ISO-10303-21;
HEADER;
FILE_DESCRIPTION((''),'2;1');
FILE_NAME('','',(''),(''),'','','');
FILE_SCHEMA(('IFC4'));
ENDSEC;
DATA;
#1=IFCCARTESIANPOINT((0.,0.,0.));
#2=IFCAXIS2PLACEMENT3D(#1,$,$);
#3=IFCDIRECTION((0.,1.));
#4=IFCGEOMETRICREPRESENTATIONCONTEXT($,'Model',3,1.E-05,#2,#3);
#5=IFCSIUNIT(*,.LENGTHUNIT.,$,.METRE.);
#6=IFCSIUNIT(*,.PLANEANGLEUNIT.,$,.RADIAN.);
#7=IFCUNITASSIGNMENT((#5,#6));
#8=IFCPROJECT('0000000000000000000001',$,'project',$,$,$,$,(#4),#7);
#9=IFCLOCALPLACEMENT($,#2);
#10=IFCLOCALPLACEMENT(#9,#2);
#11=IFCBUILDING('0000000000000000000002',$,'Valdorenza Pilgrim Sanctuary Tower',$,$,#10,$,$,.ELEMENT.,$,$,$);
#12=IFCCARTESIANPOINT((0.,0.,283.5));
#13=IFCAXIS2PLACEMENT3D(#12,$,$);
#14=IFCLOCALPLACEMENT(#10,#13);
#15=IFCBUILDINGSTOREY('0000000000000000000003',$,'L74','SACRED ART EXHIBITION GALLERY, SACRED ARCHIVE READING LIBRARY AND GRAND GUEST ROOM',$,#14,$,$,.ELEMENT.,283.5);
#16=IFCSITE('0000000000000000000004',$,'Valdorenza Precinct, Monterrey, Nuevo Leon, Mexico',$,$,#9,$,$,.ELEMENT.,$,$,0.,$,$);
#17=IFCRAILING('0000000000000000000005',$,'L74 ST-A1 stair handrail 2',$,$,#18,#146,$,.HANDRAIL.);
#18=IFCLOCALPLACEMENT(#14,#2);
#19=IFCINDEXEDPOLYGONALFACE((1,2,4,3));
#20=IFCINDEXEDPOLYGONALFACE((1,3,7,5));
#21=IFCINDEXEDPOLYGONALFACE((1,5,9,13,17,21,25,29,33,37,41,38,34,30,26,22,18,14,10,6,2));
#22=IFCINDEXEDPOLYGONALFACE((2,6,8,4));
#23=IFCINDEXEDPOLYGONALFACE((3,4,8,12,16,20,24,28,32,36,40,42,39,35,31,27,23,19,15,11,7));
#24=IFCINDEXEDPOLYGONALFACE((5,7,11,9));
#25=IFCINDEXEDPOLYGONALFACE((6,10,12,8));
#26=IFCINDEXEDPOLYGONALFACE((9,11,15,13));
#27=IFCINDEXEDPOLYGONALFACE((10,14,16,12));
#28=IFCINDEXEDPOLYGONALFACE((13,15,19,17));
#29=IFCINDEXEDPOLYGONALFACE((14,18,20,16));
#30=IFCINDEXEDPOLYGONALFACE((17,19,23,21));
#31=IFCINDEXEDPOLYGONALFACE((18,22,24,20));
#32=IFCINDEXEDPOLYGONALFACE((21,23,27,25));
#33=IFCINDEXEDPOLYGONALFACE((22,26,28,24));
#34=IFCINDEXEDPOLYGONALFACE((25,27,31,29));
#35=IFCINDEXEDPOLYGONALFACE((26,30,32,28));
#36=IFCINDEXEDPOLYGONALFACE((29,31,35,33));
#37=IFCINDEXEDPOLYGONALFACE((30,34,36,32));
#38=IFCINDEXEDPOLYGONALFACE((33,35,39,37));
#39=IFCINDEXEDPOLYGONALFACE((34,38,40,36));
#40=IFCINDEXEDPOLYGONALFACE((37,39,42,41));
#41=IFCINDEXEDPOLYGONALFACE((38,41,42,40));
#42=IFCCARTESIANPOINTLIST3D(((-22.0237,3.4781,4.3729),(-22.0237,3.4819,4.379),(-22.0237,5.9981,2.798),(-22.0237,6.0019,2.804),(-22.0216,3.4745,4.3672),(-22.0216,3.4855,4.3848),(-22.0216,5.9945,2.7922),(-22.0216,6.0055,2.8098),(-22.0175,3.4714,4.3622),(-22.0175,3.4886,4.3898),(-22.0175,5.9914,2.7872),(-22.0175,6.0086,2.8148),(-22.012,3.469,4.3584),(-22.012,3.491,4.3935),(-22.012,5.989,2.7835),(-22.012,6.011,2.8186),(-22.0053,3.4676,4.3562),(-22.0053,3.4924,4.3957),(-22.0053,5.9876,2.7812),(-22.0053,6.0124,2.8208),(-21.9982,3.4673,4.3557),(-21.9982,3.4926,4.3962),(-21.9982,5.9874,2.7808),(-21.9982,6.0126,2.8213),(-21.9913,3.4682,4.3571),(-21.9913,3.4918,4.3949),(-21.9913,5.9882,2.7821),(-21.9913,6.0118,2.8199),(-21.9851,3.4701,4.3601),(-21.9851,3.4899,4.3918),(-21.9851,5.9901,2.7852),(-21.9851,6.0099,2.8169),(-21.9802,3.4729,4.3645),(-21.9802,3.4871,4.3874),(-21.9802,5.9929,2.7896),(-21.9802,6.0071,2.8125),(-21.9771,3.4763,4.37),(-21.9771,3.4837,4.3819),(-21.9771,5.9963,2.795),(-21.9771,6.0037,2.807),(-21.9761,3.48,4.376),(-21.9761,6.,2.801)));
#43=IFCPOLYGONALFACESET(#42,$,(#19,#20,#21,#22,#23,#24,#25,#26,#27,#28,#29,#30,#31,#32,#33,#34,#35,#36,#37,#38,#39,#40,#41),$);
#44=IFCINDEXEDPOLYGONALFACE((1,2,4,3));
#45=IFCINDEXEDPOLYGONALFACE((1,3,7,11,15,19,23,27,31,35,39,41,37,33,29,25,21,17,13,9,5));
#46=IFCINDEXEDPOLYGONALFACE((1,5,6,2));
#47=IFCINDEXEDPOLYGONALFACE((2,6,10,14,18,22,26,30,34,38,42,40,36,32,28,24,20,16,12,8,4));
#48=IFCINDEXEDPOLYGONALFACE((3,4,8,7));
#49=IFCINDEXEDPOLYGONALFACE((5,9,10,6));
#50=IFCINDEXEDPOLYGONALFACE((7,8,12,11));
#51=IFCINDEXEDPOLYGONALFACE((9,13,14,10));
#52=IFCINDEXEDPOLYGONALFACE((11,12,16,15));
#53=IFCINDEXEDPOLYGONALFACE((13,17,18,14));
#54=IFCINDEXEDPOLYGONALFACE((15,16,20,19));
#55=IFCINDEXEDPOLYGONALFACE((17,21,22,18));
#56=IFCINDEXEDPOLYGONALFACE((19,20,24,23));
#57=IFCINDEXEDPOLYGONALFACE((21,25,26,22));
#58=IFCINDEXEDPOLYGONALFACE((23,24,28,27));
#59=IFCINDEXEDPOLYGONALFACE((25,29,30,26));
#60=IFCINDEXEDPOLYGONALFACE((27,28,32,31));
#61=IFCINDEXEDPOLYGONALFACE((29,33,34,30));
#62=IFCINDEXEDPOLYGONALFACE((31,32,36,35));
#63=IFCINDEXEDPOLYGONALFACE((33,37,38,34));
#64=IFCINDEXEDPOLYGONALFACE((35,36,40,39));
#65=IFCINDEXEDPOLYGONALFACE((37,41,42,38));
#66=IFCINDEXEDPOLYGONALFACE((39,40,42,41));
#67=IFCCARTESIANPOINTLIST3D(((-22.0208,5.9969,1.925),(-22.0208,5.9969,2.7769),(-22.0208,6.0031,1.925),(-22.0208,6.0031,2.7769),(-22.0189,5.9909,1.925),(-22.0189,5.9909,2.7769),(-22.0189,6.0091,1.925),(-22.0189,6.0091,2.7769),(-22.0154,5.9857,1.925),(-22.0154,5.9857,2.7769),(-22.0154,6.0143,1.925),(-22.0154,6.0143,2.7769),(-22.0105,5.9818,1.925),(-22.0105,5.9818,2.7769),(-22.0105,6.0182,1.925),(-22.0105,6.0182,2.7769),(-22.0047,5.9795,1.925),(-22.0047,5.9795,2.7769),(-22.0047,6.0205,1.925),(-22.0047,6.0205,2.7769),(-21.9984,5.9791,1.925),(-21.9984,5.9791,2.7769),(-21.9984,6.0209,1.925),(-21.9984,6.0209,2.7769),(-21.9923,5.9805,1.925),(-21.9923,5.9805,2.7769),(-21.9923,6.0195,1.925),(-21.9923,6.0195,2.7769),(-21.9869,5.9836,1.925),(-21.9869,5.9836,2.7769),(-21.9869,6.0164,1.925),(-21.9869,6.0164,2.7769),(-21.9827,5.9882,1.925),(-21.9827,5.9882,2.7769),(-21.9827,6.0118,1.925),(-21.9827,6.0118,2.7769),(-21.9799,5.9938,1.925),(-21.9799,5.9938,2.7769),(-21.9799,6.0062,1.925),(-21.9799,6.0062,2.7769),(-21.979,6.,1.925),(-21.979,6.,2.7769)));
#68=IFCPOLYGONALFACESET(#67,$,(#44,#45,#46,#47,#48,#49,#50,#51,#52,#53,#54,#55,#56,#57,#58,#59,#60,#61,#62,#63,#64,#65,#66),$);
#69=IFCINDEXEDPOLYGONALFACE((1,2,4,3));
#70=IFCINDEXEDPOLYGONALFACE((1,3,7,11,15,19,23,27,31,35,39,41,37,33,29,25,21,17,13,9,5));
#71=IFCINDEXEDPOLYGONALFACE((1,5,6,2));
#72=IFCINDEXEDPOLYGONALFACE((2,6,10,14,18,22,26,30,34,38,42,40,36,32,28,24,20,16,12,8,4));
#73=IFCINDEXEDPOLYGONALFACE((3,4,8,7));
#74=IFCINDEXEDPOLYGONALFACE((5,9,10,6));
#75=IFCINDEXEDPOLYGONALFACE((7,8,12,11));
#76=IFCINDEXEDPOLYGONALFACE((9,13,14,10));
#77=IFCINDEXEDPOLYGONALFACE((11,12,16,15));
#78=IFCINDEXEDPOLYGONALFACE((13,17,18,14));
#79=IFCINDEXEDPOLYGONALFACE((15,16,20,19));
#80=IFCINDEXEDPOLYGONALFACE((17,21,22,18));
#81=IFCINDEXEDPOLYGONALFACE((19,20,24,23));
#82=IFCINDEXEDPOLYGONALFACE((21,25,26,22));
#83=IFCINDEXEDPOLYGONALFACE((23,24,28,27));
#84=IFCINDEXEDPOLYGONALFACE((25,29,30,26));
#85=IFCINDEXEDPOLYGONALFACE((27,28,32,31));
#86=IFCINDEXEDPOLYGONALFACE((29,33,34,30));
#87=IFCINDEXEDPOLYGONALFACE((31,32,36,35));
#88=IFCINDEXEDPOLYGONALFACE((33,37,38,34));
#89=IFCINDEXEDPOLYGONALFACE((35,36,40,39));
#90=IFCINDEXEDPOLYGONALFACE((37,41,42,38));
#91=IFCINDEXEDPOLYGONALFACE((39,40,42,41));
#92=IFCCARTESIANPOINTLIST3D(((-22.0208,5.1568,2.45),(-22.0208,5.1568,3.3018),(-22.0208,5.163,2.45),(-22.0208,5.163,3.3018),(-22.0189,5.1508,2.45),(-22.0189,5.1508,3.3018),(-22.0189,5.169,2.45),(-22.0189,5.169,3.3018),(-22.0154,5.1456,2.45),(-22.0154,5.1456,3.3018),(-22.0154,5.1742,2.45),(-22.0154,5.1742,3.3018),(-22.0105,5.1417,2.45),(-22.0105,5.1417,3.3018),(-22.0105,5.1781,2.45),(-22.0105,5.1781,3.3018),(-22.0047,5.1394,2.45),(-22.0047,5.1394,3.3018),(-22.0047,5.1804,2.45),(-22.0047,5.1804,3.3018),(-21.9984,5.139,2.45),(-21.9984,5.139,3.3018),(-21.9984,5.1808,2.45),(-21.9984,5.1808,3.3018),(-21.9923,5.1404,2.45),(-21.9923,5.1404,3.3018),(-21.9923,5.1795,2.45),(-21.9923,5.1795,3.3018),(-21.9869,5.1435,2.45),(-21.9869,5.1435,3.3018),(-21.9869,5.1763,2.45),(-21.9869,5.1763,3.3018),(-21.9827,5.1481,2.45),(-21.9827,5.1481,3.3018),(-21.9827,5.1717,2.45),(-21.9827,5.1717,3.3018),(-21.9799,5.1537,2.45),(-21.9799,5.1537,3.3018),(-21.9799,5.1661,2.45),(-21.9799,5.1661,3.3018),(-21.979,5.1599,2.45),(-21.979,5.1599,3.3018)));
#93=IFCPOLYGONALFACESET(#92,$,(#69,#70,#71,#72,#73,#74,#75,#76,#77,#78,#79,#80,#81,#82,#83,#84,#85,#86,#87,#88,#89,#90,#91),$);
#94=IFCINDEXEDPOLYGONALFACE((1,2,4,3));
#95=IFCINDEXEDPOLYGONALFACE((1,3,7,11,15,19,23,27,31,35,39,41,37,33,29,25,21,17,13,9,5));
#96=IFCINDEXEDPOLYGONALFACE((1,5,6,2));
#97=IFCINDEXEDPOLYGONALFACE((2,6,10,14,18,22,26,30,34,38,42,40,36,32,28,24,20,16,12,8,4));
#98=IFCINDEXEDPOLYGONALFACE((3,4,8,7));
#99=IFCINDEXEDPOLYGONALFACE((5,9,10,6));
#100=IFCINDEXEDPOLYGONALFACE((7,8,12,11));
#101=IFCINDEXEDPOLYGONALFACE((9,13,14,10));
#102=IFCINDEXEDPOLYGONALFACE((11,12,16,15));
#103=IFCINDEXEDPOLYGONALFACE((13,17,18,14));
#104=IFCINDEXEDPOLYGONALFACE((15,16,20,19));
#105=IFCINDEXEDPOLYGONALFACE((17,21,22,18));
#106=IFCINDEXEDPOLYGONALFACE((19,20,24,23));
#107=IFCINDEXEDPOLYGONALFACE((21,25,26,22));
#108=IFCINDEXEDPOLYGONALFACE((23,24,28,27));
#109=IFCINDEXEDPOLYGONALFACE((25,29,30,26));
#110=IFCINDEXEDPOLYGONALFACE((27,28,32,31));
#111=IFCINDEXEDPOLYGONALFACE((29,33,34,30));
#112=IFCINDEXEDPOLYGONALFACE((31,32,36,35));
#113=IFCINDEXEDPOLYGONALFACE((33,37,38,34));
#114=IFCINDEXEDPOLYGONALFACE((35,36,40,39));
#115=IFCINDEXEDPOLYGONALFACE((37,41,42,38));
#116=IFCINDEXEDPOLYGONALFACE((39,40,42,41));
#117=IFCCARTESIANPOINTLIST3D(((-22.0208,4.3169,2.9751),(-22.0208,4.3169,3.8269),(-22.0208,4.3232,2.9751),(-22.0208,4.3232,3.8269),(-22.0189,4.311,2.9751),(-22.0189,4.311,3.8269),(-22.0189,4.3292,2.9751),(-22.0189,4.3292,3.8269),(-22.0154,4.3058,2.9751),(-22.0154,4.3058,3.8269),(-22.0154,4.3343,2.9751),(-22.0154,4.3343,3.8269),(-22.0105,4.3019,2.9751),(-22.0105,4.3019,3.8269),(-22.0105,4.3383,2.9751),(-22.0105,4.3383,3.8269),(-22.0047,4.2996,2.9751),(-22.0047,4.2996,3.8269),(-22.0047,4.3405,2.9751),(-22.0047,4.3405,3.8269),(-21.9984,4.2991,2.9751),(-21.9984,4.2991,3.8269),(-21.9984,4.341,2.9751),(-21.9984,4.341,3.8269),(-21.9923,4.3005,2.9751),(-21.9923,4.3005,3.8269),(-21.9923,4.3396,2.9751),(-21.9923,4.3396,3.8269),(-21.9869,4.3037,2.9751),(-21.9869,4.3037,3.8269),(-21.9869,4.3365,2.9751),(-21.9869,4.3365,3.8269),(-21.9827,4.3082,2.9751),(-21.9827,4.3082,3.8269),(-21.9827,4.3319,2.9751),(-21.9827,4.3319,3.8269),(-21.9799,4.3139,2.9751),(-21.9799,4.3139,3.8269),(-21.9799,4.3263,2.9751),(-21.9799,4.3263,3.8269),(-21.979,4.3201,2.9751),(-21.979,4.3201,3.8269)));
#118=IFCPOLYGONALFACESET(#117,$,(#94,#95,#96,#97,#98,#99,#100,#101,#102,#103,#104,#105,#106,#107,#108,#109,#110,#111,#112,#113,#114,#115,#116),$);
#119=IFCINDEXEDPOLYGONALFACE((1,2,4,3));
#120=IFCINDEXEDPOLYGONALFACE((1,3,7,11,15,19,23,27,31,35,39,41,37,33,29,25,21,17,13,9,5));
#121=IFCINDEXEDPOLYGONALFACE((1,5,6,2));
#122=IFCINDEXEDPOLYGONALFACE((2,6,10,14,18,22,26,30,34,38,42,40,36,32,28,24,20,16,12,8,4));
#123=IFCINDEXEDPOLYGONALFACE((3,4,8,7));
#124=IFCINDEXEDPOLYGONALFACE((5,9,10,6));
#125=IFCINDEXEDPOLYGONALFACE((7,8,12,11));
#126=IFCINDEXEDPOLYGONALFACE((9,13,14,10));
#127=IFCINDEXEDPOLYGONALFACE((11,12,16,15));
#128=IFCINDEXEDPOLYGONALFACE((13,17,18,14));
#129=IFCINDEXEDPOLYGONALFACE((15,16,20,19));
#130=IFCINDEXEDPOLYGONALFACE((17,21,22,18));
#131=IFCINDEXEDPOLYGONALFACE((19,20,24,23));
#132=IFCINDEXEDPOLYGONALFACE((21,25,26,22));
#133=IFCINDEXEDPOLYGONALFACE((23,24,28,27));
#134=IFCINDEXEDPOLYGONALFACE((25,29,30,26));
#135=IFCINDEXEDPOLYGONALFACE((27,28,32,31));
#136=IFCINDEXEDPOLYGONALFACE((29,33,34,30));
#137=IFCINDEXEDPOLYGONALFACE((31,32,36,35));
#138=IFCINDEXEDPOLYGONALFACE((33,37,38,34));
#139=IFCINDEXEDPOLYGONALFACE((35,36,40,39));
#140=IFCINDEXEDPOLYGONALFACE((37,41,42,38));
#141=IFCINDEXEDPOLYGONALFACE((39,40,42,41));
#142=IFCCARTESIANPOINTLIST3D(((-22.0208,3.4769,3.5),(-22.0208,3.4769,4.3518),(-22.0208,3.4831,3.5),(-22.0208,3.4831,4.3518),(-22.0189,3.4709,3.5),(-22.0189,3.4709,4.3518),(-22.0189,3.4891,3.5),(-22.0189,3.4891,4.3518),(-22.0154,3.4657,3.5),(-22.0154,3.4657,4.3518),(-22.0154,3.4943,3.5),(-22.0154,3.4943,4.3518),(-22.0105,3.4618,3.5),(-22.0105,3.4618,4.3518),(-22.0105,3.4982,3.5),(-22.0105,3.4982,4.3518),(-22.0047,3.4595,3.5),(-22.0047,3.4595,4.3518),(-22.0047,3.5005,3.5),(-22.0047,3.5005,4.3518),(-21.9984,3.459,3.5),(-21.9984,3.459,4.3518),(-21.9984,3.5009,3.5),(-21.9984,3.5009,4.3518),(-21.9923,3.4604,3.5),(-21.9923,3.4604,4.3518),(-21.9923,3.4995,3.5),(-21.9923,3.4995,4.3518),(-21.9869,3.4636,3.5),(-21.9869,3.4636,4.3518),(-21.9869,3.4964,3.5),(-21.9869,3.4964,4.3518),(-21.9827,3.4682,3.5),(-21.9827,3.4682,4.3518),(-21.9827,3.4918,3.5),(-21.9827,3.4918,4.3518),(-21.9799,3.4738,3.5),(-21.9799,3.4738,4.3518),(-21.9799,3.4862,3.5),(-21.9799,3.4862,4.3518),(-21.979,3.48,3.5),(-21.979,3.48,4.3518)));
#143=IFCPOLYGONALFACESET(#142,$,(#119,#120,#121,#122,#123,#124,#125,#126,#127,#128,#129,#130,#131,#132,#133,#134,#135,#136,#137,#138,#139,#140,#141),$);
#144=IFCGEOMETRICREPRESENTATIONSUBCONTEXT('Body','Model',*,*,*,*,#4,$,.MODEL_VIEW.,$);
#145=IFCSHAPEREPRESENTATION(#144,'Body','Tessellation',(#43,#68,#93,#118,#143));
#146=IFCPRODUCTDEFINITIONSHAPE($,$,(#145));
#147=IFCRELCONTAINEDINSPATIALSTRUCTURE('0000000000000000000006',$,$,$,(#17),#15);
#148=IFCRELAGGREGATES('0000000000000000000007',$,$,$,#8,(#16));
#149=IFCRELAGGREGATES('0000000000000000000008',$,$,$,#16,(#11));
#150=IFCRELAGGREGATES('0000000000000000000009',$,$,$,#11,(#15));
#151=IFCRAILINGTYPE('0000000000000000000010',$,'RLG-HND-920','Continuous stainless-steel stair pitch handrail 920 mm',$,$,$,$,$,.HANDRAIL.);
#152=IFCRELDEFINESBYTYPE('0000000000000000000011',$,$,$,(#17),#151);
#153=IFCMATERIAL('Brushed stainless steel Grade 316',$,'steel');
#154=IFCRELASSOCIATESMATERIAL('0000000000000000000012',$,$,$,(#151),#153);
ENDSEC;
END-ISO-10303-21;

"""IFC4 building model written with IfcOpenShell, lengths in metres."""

from ifc_helpers import new_model, si_unit, direction, frame, origin, origin_2d, place, context, subcontext, project, spatial, circle, extrude, material, type_object, element, save


model = new_model("IFC4")

# Units and contexts
model_context = context("Model", 3, precision=1e-05, world=origin(), true_north=direction((0.0, 1.0)))
body_context = subcontext(model_context, "Body", "Model", "MODEL_VIEW")
ifc_project = project(units=[si_unit("LENGTHUNIT", "METRE"), si_unit("PLANEANGLEUNIT", "RADIAN")], contexts=[model_context])

# Site, building, storey
site_placement = place(None, origin())
site = spatial("IfcSite", under=ifc_project, at=site_placement, Name="Valdorenza Precinct, Monterrey, Nuevo Leon, Mexico", CompositionType="ELEMENT", RefElevation=0.0)
building_placement = place(site_placement, origin())
building = spatial("IfcBuilding", under=site, at=building_placement, Name="Valdorenza Pilgrim Sanctuary Tower", CompositionType="ELEMENT")
storey_placement = place(building_placement, frame((0.0, 0.0, 283.5)))
storey = spatial("IfcBuildingStorey", under=building, at=storey_placement, Name="L74", Description="SACRED ART EXHIBITION GALLERY, SACRED ARCHIVE READING LIBRARY AND GRAND GUEST ROOM", CompositionType="ELEMENT", Elevation=283.5)

# Railing
ifc_material_1 = material(Name="Brushed stainless steel Grade 316", Category="steel")
railing_type_1 = type_object("IfcRailingType", Name="RLG-HND-920", Description="Continuous stainless-steel stair pitch handrail 920 mm", PredefinedType="HANDRAIL", material=ifc_material_1)
railing_1_placement = place(storey_placement, frame((-22.0, 6.0, 1.925)))
element("IfcRailing", 1, at=railing_1_placement, inside=storey, type_object=railing_type_1, Name="L74 ST-A1 stair handrail 2", PredefinedType="HANDRAIL", context=body_context, shape_type="SweptSolid", body=[
    extrude(circle(Radius=0.0239, at=origin_2d()), frame((0.0, 0.0, 0.876), z_axis=(0.0, -0.848008, 0.529984), x_axis=(1.0, 0.0, 0.0)), (0.0, 0.0, 1.0), 2.9717),
    extrude(circle(Radius=0.021, at=origin_2d()), origin(), (0.0, 0.0, 1.0), 0.8518),
    extrude(circle(Radius=0.021, at=origin_2d()), frame((0.0, -0.8401, 0.5249)), (0.0, 0.0, 1.0), 0.8518),
    extrude(circle(Radius=0.021, at=origin_2d()), frame((0.0, -1.6799, 1.05)), (0.0, 0.0, 1.0), 0.8518),
    extrude(circle(Radius=0.021, at=origin_2d()), frame((0.0, -2.52, 1.575)), (0.0, 0.0, 1.0), 0.8518),
])

save(model, "model.ifc")
